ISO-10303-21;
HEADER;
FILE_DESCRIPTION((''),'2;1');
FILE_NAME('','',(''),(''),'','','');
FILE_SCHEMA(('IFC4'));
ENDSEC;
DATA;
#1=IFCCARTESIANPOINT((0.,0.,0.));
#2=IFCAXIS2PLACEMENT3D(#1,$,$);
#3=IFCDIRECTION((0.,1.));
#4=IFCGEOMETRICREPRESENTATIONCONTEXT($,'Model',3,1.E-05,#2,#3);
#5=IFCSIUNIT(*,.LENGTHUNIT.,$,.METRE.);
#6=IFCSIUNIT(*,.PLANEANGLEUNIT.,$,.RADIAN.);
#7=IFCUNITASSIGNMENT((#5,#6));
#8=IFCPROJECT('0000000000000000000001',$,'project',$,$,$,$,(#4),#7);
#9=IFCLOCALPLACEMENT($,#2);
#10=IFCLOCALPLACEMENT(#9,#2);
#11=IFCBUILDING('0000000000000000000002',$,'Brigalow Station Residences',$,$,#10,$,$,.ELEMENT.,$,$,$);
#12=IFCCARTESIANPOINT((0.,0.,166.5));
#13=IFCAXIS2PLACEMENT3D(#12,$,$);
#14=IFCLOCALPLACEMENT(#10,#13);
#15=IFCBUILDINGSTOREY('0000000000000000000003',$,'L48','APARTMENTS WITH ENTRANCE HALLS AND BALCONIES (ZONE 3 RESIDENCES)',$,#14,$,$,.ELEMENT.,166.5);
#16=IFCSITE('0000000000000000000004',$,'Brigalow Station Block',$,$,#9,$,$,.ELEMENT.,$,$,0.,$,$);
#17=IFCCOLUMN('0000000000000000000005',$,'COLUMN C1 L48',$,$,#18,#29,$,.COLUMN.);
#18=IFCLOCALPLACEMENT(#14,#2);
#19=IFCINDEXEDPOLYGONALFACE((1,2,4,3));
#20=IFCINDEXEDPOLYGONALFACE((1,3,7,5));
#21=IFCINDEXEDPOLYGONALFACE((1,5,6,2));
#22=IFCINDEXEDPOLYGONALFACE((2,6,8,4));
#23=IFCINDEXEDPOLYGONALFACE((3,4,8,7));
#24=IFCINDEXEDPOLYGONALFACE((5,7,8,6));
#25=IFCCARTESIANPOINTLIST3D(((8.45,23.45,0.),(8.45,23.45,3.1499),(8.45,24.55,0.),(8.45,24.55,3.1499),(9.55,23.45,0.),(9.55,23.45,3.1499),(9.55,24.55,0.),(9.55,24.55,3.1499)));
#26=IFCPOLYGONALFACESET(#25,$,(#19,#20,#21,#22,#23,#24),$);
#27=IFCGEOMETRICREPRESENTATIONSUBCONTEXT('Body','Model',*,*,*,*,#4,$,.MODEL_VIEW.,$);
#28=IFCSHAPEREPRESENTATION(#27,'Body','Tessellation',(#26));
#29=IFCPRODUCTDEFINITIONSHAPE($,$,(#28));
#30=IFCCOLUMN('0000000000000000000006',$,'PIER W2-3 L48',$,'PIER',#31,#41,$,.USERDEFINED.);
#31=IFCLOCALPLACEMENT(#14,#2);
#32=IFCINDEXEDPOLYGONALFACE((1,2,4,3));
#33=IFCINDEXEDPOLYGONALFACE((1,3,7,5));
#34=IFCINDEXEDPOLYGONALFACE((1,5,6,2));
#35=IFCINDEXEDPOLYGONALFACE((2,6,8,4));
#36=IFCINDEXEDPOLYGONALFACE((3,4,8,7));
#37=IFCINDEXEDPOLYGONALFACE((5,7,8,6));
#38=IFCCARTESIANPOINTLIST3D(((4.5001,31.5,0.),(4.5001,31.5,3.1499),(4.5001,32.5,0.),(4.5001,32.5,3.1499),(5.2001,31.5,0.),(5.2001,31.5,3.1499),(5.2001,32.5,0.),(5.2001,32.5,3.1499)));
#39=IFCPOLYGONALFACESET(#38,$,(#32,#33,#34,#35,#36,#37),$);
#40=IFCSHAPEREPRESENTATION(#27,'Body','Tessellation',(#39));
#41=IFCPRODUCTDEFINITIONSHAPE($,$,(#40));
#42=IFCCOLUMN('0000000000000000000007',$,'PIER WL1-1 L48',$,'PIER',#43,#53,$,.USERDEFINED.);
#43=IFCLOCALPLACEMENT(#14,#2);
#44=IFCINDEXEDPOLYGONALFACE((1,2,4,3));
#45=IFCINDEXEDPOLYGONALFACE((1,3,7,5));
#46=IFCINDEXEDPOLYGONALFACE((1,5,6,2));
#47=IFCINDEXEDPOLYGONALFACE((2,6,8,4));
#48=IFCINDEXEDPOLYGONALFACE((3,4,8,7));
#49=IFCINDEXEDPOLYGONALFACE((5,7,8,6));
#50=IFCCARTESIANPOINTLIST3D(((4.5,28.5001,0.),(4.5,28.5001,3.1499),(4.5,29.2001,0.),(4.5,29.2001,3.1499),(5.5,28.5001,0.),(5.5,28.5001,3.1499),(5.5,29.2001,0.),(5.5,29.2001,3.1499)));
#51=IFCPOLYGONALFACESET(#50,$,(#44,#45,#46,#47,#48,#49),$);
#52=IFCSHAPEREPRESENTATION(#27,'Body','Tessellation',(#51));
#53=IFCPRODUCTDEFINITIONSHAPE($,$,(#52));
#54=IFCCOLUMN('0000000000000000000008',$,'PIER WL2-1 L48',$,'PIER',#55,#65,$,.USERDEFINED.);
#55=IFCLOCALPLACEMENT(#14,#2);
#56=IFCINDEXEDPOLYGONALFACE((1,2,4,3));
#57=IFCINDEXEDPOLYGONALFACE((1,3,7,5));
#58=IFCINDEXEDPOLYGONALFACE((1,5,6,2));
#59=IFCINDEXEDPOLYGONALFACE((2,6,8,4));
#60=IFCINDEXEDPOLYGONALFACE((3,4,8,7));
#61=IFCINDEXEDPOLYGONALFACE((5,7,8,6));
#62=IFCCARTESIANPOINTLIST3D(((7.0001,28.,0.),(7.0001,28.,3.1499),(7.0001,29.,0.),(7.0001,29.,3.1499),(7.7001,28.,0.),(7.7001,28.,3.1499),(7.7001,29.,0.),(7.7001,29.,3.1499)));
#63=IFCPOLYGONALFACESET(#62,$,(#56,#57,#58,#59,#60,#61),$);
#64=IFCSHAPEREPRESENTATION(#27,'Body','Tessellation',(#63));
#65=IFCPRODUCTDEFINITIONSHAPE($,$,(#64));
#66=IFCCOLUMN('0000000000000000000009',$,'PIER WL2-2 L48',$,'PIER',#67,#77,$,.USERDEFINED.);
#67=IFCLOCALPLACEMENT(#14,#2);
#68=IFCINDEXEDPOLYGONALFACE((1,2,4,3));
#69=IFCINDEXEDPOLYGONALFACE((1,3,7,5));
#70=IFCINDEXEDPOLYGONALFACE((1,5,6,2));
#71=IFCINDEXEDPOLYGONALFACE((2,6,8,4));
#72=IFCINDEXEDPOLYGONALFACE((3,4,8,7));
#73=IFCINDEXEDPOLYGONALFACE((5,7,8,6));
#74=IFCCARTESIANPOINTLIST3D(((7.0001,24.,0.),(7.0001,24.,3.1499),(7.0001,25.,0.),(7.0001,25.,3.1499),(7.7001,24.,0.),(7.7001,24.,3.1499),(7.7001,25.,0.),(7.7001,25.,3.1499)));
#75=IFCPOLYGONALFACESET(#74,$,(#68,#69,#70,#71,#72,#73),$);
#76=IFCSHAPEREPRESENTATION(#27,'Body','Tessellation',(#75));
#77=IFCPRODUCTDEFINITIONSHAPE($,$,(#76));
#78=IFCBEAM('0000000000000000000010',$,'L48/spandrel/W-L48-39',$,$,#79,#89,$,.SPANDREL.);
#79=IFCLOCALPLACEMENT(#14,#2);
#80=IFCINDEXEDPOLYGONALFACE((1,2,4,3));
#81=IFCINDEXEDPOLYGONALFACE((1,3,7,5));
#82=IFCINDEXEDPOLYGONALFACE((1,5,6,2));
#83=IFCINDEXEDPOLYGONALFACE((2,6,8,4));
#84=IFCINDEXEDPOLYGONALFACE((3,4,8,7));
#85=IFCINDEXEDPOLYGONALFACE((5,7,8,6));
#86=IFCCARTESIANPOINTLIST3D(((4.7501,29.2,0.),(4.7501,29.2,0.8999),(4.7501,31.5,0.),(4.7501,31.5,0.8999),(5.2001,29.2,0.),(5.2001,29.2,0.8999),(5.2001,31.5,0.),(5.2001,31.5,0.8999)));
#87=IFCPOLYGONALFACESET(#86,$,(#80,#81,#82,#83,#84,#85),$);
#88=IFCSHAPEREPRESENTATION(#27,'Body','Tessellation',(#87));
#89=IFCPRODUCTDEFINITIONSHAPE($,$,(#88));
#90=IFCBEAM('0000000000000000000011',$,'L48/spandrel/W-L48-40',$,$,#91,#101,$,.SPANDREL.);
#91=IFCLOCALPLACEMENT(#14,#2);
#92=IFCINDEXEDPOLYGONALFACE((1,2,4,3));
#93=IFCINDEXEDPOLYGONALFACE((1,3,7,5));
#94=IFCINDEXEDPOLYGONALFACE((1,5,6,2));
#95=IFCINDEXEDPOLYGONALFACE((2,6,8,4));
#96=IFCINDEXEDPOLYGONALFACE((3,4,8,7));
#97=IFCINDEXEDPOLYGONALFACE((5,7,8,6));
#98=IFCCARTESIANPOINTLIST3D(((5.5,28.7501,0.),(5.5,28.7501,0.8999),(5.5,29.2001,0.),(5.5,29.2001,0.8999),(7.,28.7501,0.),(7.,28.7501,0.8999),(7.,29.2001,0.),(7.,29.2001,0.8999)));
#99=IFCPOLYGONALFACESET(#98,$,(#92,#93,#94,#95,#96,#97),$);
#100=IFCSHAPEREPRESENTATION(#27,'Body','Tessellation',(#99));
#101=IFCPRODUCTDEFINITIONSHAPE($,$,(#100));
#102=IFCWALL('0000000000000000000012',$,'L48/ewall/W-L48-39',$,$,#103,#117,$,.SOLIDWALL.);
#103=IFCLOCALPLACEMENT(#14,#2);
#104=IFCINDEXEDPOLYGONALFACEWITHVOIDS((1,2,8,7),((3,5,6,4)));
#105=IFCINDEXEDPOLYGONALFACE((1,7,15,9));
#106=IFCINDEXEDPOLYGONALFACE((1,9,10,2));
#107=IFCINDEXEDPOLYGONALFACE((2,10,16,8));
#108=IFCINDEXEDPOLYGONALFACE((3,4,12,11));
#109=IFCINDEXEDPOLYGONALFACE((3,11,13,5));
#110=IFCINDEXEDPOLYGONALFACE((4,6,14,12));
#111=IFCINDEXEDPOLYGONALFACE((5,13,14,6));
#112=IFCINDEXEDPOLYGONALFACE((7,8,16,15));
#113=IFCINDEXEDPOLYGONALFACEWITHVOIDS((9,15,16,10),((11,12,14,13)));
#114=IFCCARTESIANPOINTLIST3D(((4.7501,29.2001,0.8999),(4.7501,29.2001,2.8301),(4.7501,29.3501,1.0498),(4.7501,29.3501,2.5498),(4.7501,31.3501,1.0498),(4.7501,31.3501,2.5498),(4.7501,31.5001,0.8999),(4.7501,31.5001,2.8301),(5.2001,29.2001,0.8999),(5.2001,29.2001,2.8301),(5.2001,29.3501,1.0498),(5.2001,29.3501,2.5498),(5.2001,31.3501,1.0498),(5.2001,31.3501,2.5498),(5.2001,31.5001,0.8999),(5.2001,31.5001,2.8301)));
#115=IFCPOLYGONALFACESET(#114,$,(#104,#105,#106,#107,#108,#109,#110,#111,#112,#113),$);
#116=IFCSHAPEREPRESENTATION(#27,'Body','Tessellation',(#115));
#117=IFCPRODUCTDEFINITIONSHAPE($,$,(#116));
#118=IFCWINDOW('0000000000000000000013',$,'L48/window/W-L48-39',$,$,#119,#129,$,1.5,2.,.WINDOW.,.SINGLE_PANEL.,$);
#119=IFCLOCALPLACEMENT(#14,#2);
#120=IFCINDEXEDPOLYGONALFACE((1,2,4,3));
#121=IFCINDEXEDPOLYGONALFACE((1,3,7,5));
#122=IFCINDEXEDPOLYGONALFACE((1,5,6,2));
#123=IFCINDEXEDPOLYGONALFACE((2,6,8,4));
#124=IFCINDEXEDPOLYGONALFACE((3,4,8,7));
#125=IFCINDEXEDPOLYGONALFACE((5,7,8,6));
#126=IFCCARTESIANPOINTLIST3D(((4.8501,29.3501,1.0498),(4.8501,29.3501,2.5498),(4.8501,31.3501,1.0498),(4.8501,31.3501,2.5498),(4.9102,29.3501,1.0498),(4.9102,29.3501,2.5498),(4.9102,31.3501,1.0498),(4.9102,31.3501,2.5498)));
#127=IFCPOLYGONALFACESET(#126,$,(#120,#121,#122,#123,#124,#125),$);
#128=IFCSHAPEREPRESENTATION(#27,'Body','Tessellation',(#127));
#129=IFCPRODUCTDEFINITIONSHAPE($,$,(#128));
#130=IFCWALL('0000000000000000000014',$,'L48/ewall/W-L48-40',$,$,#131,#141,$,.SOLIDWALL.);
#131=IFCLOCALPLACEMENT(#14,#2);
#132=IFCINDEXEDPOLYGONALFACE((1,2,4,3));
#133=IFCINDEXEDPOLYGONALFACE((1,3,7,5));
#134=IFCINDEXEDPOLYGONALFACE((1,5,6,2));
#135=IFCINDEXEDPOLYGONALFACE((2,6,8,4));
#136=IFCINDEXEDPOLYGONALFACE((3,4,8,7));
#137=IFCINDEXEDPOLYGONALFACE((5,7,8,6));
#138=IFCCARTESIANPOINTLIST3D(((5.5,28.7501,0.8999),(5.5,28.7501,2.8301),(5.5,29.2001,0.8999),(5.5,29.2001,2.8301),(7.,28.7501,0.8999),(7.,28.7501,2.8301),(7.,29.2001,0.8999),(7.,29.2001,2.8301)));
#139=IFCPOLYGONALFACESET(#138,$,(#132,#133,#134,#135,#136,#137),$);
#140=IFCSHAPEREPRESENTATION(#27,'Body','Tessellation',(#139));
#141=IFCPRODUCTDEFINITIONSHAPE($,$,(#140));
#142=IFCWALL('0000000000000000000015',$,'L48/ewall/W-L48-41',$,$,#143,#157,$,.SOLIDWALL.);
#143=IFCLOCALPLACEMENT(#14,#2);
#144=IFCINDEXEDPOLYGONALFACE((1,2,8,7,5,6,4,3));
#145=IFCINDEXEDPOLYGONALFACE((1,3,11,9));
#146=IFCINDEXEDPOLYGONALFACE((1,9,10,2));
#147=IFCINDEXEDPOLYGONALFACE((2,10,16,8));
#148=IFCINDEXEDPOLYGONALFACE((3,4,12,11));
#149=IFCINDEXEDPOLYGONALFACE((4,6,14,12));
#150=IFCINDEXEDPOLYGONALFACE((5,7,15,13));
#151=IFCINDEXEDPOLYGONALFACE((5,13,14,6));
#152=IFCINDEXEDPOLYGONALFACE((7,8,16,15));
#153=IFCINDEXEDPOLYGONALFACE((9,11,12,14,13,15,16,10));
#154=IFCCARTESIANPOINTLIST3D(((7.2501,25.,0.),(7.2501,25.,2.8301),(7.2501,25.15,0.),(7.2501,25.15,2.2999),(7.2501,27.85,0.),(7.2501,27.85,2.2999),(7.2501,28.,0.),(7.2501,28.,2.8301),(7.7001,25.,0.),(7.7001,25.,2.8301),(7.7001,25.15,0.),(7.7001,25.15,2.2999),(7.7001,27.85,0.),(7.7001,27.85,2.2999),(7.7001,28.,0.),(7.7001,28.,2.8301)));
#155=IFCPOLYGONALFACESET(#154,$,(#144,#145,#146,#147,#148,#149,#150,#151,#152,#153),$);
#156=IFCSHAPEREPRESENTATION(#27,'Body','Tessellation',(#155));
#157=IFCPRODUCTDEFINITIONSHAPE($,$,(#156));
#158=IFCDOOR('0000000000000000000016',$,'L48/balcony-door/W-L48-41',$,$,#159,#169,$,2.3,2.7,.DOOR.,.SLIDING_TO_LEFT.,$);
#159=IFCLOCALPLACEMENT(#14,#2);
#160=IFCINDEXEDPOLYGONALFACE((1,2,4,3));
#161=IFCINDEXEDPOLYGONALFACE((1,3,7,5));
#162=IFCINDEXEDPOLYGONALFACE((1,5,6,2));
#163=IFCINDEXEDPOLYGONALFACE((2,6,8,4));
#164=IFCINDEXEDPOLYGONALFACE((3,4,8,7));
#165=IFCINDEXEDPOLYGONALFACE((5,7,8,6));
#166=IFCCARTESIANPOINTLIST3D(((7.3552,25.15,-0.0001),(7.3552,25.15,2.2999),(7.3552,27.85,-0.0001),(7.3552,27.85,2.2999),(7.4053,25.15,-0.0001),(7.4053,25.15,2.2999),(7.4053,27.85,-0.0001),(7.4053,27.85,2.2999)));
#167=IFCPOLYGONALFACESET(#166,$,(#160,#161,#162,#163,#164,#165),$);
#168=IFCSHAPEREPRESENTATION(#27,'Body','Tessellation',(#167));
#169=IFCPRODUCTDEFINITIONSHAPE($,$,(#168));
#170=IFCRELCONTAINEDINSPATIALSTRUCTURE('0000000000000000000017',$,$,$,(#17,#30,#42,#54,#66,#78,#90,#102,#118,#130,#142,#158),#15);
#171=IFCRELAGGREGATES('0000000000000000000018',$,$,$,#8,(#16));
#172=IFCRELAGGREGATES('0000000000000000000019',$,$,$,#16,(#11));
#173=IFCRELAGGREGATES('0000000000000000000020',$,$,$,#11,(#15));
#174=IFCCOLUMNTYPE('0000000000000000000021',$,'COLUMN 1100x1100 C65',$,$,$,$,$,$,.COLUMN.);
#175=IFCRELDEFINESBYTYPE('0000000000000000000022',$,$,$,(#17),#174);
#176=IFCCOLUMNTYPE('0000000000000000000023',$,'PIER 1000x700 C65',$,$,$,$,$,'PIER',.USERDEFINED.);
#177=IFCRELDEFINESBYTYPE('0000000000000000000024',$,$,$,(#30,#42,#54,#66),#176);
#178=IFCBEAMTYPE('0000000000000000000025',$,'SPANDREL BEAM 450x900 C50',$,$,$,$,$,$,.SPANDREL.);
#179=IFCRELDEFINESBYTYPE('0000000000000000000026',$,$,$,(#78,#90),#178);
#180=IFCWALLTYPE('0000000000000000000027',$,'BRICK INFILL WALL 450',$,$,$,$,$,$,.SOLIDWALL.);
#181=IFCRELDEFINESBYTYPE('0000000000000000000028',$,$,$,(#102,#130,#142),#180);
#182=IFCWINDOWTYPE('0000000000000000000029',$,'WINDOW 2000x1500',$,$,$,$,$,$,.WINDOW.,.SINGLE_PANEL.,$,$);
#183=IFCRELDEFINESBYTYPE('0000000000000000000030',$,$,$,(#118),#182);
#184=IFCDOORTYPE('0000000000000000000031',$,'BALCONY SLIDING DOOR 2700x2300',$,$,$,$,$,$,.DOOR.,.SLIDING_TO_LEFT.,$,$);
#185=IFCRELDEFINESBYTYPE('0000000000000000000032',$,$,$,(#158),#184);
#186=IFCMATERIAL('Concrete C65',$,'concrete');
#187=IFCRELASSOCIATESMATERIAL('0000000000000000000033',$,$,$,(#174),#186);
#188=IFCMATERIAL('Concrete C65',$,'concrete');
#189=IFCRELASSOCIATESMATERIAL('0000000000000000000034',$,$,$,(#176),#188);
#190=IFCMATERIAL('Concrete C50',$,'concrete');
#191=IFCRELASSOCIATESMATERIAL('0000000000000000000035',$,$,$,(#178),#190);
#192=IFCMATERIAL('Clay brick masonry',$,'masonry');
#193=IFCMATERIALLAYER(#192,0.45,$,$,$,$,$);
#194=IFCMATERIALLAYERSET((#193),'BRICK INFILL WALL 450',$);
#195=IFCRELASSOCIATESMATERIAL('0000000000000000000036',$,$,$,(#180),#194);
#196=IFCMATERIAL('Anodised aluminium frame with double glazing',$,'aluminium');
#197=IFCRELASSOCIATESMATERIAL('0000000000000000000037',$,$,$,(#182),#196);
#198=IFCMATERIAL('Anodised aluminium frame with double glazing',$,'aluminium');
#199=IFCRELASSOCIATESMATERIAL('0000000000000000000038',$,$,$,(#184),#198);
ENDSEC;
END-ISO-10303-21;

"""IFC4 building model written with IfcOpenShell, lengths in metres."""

from ifc_helpers import new_model, si_unit, direction, frame, frame_2d, origin, origin_2d, place, context, subcontext, project, spatial, rectangle, extrude, material, layer, layer_set, material_profile, profile_set, type_object, element, fill, save


model = new_model("IFC4")

# Units and contexts
model_context = context("Model", 3, precision=1e-05, world=origin(), true_north=direction((0.0, 1.0)))
body_context = subcontext(model_context, "Body", "Model", "MODEL_VIEW")
ifc_project = project(units=[si_unit("LENGTHUNIT", "METRE"), si_unit("PLANEANGLEUNIT", "RADIAN")], contexts=[model_context])

# Site, building, storey
site_placement = place(None, origin())
site = spatial("IfcSite", under=ifc_project, at=site_placement, Name="Brigalow Station Block", CompositionType="ELEMENT", RefElevation=0.0)
building_placement = place(site_placement, origin())
building = spatial("IfcBuilding", under=site, at=building_placement, Name="Brigalow Station Residences", CompositionType="ELEMENT")
storey_placement = place(building_placement, frame((0.0, 0.0, 166.5)))
storey = spatial("IfcBuildingStorey", under=building, at=storey_placement, Name="L48", Description="APARTMENTS WITH ENTRANCE HALLS AND BALCONIES (ZONE 3 RESIDENCES)", CompositionType="ELEMENT", Elevation=166.5)

# Columns
ifc_material_1 = material(Name="Concrete C65", Category="concrete")
ifc_material_profile_1 = material_profile(ifc_material_1, rectangle(XDim=1.1001, YDim=1.1001, at=origin_2d()), Name="RC1100x1100")
ifc_profile_set_1 = profile_set([ifc_material_profile_1], Name="Concrete C65")
column_type_1 = type_object("IfcColumnType", Name="COLUMN 1100x1100 C65", PredefinedType="COLUMN", material=ifc_profile_set_1)
column_placement = place(storey_placement, frame((9.0, 24.0, 0.0), z_axis=(0.0, 0.0, 1.0), x_axis=(1.0, 0.0, 0.0)))
element("IfcColumn", 1, at=column_placement, inside=storey, type_object=column_type_1, Name="COLUMN C1 L48", PredefinedType="COLUMN", context=body_context, shape_type="SweptSolid", body=[
    extrude(rectangle(XDim=1.1001, YDim=1.1001, at=origin_2d()), origin(), (0.0, 0.0, 1.0), 3.1499),
])
ifc_material_2 = material(Name="Concrete C65", Category="concrete")
ifc_material_profile_2 = material_profile(ifc_material_2, rectangle(XDim=1.0, YDim=0.7, at=origin_2d()), Name="RC1000x700")
ifc_profile_set_2 = profile_set([ifc_material_profile_2], Name="Concrete C65")
column_type_2 = type_object("IfcColumnType", Name="PIER 1000x700 C65", ElementType="PIER", PredefinedType="USERDEFINED", material=ifc_profile_set_2)
for number, where, z_axis, x_axis, name in (
    (2, (4.8501, 32.0, 0.0), (0.0, 0.0, 1.0), (0.0, -1.0, 0.0), "PIER W2-3 L48"),
    (3, (5.0, 28.8501, 0.0), (0.0, 0.0, 1.0), (1.0, 0.0, 0.0), "PIER WL1-1 L48"),
    (4, (7.3501, 28.5, 0.0), (0.0, 0.0, 1.0), (0.0, -1.0, 0.0), "PIER WL2-1 L48"),
    (5, (7.3501, 24.5, 0.0), (0.0, 0.0, 1.0), (0.0, -1.0, 0.0), "PIER WL2-2 L48"),
):
    element("IfcColumn", number, at=place(storey_placement, frame(where, z_axis=z_axis, x_axis=x_axis)), inside=storey, type_object=column_type_2, Name=name, ObjectType="PIER", PredefinedType="USERDEFINED", context=body_context, shape_type="SweptSolid", body=[
        extrude(rectangle(XDim=1.0, YDim=0.7, at=origin_2d()), origin(), (0.0, 0.0, 1.0), 3.1499),
    ])

# Beams
ifc_material_3 = material(Name="Concrete C50", Category="concrete")
ifc_material_profile_3 = material_profile(ifc_material_3, rectangle(XDim=0.45, YDim=0.8999, at=origin_2d()), Name="RC450x900")
ifc_profile_set_3 = profile_set([ifc_material_profile_3], Name="Concrete C50")
beam_type = type_object("IfcBeamType", Name="SPANDREL BEAM 450x900 C50", PredefinedType="SPANDREL", material=ifc_profile_set_3)
beam_1_placement = place(storey_placement, frame((4.9751, 31.5, 0.45), z_axis=(0.0, -1.0, 0.0), x_axis=(1.0, 0.0, 0.0)))
element("IfcBeam", 6, at=beam_1_placement, inside=storey, type_object=beam_type, Name="L48/spandrel/W-L48-39", PredefinedType="SPANDREL", context=body_context, shape_type="SweptSolid", body=[
    extrude(rectangle(XDim=0.45, YDim=0.8999, at=origin_2d()), origin(), (0.0, 0.0, 1.0), 2.3),
])
beam_2_placement = place(storey_placement, frame((5.5, 28.9751, 0.45), z_axis=(1.0, 0.0, 0.0), x_axis=(0.0, 1.0, 0.0)))
element("IfcBeam", 7, at=beam_2_placement, inside=storey, type_object=beam_type, Name="L48/spandrel/W-L48-40", PredefinedType="SPANDREL", context=body_context, shape_type="SweptSolid", body=[
    extrude(rectangle(XDim=0.45, YDim=0.8999, at=origin_2d()), origin(), (0.0, 0.0, 1.0), 1.5),
])

# Wall, opening, window
ifc_material_4 = material(Name="Clay brick masonry", Category="masonry")
ifc_layer_1 = layer(ifc_material_4, 0.45)
ifc_layer_set_1 = layer_set([ifc_layer_1], Name="BRICK INFILL WALL 450")
wall_type_1 = type_object("IfcWallType", Name="BRICK INFILL WALL 450", PredefinedType="SOLIDWALL", material=ifc_layer_set_1)
wall_1_placement = place(storey_placement, frame((4.9751, 31.5, 0.8999), z_axis=(0.0, 0.0, 1.0), x_axis=(0.0, -1.0, 0.0)))
wall_1 = element("IfcWall", 8, at=wall_1_placement, inside=storey, type_object=wall_type_1, Name="L48/ewall/W-L48-39", PredefinedType="SOLIDWALL", context=body_context, shape_type="SweptSolid", body=[
    extrude(rectangle(XDim=2.3, YDim=0.45, at=frame_2d((1.1499, 0.0))), origin(), (0.0, 0.0, 1.0), 1.9302),
])
opening_1_placement = place(wall_1_placement, frame((0.1499, 0.0, 0.1499)))
opening_1 = element("IfcOpeningElement", 9, at=opening_1_placement, cuts=wall_1, PredefinedType="OPENING", context=body_context, shape_type="SweptSolid", body=[
    extrude(rectangle(XDim=2.0, YDim=1.5, at=frame_2d((1.0, 0.75))), frame((0.0, 0.2349, 0.0), z_axis=(0.0, -1.0, 0.0), x_axis=(1.0, 0.0, 0.0)), (0.0, 0.0, 1.0), 0.47),
])
ifc_material_5 = material(Name="Anodised aluminium frame with double glazing", Category="aluminium")
window_type = type_object("IfcWindowType", Name="WINDOW 2000x1500", PartitioningType="SINGLE_PANEL", PredefinedType="WINDOW", material=ifc_material_5)
window_placement = place(opening_1_placement, origin())
window = element("IfcWindow", 10, at=window_placement, inside=storey, type_object=window_type, Name="L48/window/W-L48-39", OverallHeight=1.5, OverallWidth=2.0, PartitioningType="SINGLE_PANEL", PredefinedType="WINDOW", context=body_context, shape_type="SweptSolid", body=[
    extrude(rectangle(XDim=2.0, YDim=1.5, at=frame_2d((1.0, 0.75))), frame((0.0, -0.0649, 0.0), z_axis=(0.0, -1.0, 0.0), x_axis=(1.0, 0.0, 0.0)), (0.0, 0.0, 1.0), 0.0601),
])
fill(opening_1, window)

# Wall
wall_2_placement = place(storey_placement, frame((5.5, 28.9751, 0.8999), z_axis=(0.0, 0.0, 1.0), x_axis=(1.0, 0.0, 0.0)))
element("IfcWall", 11, at=wall_2_placement, inside=storey, type_object=wall_type_1, Name="L48/ewall/W-L48-40", PredefinedType="SOLIDWALL", context=body_context, shape_type="SweptSolid", body=[
    extrude(rectangle(XDim=1.5, YDim=0.45, at=frame_2d((0.75, 0.0))), origin(), (0.0, 0.0, 1.0), 1.9302),
])

# Wall, opening, door
wall_3_placement = place(storey_placement, frame((7.4751, 28.0, 0.0), z_axis=(0.0, 0.0, 1.0), x_axis=(0.0, -1.0, 0.0)))
wall_3 = element("IfcWall", 12, at=wall_3_placement, inside=storey, type_object=wall_type_1, Name="L48/ewall/W-L48-41", PredefinedType="SOLIDWALL", context=body_context, shape_type="SweptSolid", body=[
    extrude(rectangle(XDim=3.0, YDim=0.45, at=frame_2d((1.5, 0.0))), origin(), (0.0, 0.0, 1.0), 2.8301),
])
opening_2_placement = place(wall_3_placement, frame((0.1499, 0.0, 0.0)))
opening_2 = element("IfcOpeningElement", 13, at=opening_2_placement, cuts=wall_3, PredefinedType="OPENING", context=body_context, shape_type="SweptSolid", body=[
    extrude(rectangle(XDim=2.7, YDim=2.3, at=frame_2d((1.3501, 1.1499))), frame((0.0, 0.2349, 0.0), z_axis=(0.0, -1.0, 0.0), x_axis=(1.0, 0.0, 0.0)), (0.0, 0.0, 1.0), 0.47),
])
ifc_material_6 = material(Name="Anodised aluminium frame with double glazing", Category="aluminium")
door_type_1 = type_object("IfcDoorType", Name="BALCONY SLIDING DOOR 2700x2300", OperationType="SLIDING_TO_LEFT", PredefinedType="DOOR", material=ifc_material_6)
door_1_placement = place(opening_2_placement, origin())
door_1 = element("IfcDoor", 14, at=door_1_placement, inside=storey, type_object=door_type_1, Name="L48/balcony-door/W-L48-41", OperationType="SLIDING_TO_LEFT", OverallHeight=2.3, OverallWidth=2.7, PredefinedType="DOOR", context=body_context, shape_type="SweptSolid", body=[
    extrude(rectangle(XDim=2.7, YDim=2.3, at=frame_2d((1.3501, 1.1499))), frame((0.0, -0.0698, 0.0), z_axis=(0.0, -1.0, 0.0), x_axis=(1.0, 0.0, 0.0)), (0.0, 0.0, 1.0), 0.05),
])
fill(opening_2, door_1)

save(model, "model.ifc")
